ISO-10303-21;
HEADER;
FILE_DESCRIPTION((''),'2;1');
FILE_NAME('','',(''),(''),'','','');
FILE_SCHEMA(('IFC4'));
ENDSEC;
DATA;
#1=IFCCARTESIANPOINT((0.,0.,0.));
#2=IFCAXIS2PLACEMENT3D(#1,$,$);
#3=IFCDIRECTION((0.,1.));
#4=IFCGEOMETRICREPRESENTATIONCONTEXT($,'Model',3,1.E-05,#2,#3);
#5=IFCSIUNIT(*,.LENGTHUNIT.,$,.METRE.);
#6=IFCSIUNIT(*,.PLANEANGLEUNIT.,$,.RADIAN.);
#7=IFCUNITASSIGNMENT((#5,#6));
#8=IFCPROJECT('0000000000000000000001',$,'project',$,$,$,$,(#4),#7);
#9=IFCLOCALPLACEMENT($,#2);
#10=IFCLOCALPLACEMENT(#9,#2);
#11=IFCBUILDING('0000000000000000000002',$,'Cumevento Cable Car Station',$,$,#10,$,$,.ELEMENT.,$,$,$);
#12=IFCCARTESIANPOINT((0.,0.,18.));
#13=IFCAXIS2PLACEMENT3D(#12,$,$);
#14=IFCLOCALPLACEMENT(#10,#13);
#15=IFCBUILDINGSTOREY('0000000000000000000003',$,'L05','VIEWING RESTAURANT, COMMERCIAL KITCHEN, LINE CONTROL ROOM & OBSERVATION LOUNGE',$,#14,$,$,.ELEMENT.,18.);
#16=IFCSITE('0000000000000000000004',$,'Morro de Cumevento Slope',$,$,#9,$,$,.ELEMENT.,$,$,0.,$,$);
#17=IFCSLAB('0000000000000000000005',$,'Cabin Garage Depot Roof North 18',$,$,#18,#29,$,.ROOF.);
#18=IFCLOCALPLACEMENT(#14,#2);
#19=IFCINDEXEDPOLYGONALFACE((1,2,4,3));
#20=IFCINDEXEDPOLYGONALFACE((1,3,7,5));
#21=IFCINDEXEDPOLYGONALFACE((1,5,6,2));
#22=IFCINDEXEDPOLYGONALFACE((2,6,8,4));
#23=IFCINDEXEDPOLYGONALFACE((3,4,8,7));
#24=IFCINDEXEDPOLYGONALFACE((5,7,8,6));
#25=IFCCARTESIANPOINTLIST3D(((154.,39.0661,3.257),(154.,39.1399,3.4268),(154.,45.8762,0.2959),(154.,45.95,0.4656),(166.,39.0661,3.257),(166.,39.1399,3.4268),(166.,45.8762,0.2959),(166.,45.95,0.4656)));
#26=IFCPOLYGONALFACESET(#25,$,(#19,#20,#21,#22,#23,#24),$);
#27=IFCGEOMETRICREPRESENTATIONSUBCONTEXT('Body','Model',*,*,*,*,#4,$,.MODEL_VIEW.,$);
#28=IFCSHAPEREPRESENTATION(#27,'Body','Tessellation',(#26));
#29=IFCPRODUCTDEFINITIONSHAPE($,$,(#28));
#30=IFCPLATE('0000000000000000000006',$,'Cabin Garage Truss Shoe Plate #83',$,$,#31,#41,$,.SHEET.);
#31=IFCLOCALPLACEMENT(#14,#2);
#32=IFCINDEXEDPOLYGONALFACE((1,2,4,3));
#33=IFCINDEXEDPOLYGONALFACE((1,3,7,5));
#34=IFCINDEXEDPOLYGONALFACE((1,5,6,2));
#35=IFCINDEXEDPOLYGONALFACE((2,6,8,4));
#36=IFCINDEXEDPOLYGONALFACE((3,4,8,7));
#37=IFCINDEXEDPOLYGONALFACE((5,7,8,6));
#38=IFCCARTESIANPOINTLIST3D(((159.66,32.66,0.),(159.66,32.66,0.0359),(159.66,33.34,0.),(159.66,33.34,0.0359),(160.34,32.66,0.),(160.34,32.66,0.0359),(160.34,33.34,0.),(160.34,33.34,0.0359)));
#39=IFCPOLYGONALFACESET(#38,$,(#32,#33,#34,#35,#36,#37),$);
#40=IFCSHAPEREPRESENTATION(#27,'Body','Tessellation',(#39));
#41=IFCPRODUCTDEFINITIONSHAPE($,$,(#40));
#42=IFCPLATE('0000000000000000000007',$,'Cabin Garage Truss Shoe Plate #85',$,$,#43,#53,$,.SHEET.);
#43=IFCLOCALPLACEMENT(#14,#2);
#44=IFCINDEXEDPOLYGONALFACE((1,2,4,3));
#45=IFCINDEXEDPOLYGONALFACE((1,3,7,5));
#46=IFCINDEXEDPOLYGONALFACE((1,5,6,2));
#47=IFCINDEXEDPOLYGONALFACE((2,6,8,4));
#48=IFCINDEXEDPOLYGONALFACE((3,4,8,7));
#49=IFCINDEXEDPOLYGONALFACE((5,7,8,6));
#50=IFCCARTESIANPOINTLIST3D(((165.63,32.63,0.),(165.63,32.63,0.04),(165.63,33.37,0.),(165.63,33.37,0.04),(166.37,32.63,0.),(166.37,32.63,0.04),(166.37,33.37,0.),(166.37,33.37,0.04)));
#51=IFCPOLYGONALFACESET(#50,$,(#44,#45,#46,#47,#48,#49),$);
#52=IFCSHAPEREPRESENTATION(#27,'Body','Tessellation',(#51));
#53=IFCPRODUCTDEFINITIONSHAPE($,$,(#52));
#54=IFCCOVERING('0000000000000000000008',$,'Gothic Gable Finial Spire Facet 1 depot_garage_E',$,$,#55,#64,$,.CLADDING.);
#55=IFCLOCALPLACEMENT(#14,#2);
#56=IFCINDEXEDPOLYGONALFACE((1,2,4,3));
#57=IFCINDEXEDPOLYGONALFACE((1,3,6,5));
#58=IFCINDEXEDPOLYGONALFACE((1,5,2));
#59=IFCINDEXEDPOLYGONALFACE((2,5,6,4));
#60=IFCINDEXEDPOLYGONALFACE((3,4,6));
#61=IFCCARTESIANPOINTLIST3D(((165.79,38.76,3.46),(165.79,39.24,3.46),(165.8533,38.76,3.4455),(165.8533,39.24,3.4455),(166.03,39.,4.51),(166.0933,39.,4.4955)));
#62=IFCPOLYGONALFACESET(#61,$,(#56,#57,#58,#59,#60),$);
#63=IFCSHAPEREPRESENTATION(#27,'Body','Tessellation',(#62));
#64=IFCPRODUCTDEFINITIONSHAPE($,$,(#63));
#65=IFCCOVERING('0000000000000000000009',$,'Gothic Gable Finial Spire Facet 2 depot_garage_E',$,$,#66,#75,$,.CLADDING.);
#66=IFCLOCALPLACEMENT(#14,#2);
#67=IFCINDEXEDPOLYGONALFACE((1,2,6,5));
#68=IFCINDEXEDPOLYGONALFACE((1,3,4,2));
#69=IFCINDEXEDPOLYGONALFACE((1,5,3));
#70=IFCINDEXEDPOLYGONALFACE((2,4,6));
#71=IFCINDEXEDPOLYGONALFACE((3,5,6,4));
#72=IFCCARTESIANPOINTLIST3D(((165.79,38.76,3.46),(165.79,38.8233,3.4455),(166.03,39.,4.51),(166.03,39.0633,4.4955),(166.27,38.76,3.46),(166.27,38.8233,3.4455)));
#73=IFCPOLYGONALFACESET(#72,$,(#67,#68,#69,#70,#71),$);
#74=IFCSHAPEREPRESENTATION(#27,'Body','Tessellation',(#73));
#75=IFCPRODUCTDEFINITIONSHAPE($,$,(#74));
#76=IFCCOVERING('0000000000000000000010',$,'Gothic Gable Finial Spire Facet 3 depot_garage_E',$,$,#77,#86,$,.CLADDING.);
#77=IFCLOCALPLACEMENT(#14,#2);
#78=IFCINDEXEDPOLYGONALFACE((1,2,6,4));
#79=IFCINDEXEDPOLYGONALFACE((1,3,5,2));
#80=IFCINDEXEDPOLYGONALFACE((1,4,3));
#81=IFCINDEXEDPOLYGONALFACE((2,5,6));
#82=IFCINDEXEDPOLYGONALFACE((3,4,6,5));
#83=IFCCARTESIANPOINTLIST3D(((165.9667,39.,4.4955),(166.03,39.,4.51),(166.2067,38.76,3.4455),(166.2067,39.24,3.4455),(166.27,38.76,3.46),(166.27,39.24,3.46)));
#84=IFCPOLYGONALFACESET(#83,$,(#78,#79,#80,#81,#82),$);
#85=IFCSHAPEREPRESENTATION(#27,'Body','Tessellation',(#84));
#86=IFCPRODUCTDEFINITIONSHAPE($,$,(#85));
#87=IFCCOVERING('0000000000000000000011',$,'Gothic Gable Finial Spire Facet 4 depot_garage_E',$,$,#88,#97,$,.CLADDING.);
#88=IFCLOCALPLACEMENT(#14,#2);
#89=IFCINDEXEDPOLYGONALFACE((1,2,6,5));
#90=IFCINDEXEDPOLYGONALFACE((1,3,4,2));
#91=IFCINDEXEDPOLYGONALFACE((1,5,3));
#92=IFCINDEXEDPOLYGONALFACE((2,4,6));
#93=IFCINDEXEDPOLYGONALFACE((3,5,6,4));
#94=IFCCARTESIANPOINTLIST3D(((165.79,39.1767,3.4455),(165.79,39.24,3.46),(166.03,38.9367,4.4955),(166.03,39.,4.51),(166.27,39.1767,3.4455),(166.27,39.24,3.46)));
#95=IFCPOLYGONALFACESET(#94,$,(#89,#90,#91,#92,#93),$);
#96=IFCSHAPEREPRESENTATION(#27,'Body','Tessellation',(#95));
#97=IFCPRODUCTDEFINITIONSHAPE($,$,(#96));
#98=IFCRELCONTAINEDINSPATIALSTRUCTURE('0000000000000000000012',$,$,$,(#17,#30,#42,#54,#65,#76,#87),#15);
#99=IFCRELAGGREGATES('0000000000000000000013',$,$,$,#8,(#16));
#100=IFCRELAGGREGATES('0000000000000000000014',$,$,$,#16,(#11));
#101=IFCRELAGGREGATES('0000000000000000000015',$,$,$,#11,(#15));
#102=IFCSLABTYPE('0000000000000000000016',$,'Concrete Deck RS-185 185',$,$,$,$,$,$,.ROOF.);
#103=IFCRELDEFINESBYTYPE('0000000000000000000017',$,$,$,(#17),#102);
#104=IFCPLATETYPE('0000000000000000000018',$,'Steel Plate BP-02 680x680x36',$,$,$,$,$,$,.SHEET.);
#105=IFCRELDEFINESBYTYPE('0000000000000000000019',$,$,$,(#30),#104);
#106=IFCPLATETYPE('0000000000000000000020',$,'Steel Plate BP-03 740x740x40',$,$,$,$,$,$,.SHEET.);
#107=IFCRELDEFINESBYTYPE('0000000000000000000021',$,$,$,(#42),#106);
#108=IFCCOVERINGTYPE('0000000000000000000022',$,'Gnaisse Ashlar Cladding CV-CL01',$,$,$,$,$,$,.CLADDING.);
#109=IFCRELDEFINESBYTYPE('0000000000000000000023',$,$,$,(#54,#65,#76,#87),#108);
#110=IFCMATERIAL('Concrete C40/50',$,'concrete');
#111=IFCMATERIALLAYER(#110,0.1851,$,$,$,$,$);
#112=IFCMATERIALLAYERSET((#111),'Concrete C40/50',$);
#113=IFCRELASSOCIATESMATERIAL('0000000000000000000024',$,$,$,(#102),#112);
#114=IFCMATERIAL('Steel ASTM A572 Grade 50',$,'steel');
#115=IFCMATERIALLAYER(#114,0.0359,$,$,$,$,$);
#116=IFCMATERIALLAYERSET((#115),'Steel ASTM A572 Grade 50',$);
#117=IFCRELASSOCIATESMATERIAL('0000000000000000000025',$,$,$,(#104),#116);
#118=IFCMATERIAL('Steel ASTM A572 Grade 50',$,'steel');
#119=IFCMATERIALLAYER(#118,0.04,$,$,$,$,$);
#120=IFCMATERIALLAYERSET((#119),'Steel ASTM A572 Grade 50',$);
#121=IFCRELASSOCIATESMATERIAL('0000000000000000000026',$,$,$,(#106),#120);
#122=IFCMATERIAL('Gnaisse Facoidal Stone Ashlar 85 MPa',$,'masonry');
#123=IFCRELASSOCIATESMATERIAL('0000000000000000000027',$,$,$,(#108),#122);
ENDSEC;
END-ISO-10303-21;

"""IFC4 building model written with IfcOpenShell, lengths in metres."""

from ifc_helpers import new_model, si_unit, direction, frame, origin, origin_2d, place, context, subcontext, project, spatial, polyline, rectangle, outline, extrude, material, layer, layer_set, type_object, element, save


model = new_model("IFC4")

# Units and contexts
model_context = context("Model", 3, precision=1e-05, world=origin(), true_north=direction((0.0, 1.0)))
body_context = subcontext(model_context, "Body", "Model", "MODEL_VIEW")
ifc_project = project(units=[si_unit("LENGTHUNIT", "METRE"), si_unit("PLANEANGLEUNIT", "RADIAN")], contexts=[model_context])

# Site, building, storey
site_placement = place(None, origin())
site = spatial("IfcSite", under=ifc_project, at=site_placement, Name="Morro de Cumevento Slope", CompositionType="ELEMENT", RefElevation=0.0)
building_placement = place(site_placement, origin())
building = spatial("IfcBuilding", under=site, at=building_placement, Name="Cumevento Cable Car Station", CompositionType="ELEMENT")
storey_placement = place(building_placement, frame((0.0, 0.0, 18.0)))
storey = spatial("IfcBuildingStorey", under=building, at=storey_placement, Name="L05", Description="VIEWING RESTAURANT, COMMERCIAL KITCHEN, LINE CONTROL ROOM & OBSERVATION LOUNGE", CompositionType="ELEMENT", Elevation=18.0)

# Slab
ifc_material_1 = material(Name="Concrete C40/50", Category="concrete")
ifc_layer_1 = layer(ifc_material_1, 0.1851)
ifc_layer_set_1 = layer_set([ifc_layer_1], Name="Concrete C40/50")
slab_type = type_object("IfcSlabType", Name="Concrete Deck RS-185 185", PredefinedType="ROOF", material=ifc_layer_set_1)
slab_placement = place(storey_placement, frame((154.0, 39.1399, 3.4268), z_axis=(0.0, 0.398759, 0.917056), x_axis=(1.0, 0.0, 0.0)))
element("IfcSlab", 1, at=slab_placement, inside=storey, type_object=slab_type, Name="Cabin Garage Depot Roof North 18", PredefinedType="ROOF", context=body_context, shape_type="SweptSolid", body=[
    extrude(outline(polyline([(0.0, 0.0), (12.0, 0.0), (12.0, 7.426), (0.0, 7.426), (0.0, 0.0)])), origin(), (0.0, 0.0, -1.0), 0.1851),
])

# Plates
ifc_material_2 = material(Name="Steel ASTM A572 Grade 50", Category="steel")
ifc_layer_2 = layer(ifc_material_2, 0.0359)
ifc_layer_set_2 = layer_set([ifc_layer_2], Name="Steel ASTM A572 Grade 50")
plate_type_1 = type_object("IfcPlateType", Name="Steel Plate BP-02 680x680x36", PredefinedType="SHEET", material=ifc_layer_set_2)
plate_1_placement = place(storey_placement, frame((160.0, 33.0, 0.0), z_axis=(0.0, 0.0, 1.0), x_axis=(1.0, 0.0, 0.0)))
element("IfcPlate", 2, at=plate_1_placement, inside=storey, type_object=plate_type_1, Name="Cabin Garage Truss Shoe Plate #83", PredefinedType="SHEET", context=body_context, shape_type="SweptSolid", body=[
    extrude(rectangle(XDim=0.6799, YDim=0.6799, at=origin_2d()), origin(), (0.0, 0.0, 1.0), 0.0359),
])
ifc_material_3 = material(Name="Steel ASTM A572 Grade 50", Category="steel")
ifc_layer_3 = layer(ifc_material_3, 0.04)
ifc_layer_set_3 = layer_set([ifc_layer_3], Name="Steel ASTM A572 Grade 50")
plate_type_2 = type_object("IfcPlateType", Name="Steel Plate BP-03 740x740x40", PredefinedType="SHEET", material=ifc_layer_set_3)
plate_2_placement = place(storey_placement, frame((166.0, 33.0, 0.0), z_axis=(0.0, 0.0, 1.0), x_axis=(1.0, 0.0, 0.0)))
element("IfcPlate", 3, at=plate_2_placement, inside=storey, type_object=plate_type_2, Name="Cabin Garage Truss Shoe Plate #85", PredefinedType="SHEET", context=body_context, shape_type="SweptSolid", body=[
    extrude(rectangle(XDim=0.74, YDim=0.74, at=origin_2d()), origin(), (0.0, 0.0, 1.0), 0.04),
])

# Coverings
ifc_material_4 = material(Name="Gnaisse Facoidal Stone Ashlar 85 MPa", Category="masonry")
covering_type = type_object("IfcCoveringType", Name="Gnaisse Ashlar Cladding CV-CL01", PredefinedType="CLADDING", material=ifc_material_4)
for number, where, z_axis, x_axis, name in (
    (4, (165.79, 39.24, 3.46), (-0.974863, 0.0, 0.222806), (0.0, -1.0, 0.0), "Gothic Gable Finial Spire Facet 1 depot_garage_E"),
    (5, (165.79, 38.76, 3.46), (0.0, -0.974863, 0.222806), (1.0, 0.0, 0.0), "Gothic Gable Finial Spire Facet 2 depot_garage_E"),
    (6, (166.27, 38.76, 3.46), (0.974863, 0.0, 0.222806), (0.0, 1.0, 0.0), "Gothic Gable Finial Spire Facet 3 depot_garage_E"),
    (7, (166.27, 39.24, 3.46), (0.0, 0.974863, 0.222806), (-1.0, 0.0, 0.0), "Gothic Gable Finial Spire Facet 4 depot_garage_E"),
):
    element("IfcCovering", number, at=place(storey_placement, frame(where, z_axis=z_axis, x_axis=x_axis)), inside=storey, type_object=covering_type, Name=name, PredefinedType="CLADDING", context=body_context, shape_type="SweptSolid", body=[
        extrude(outline(polyline([(0.0, 0.0), (0.48, 0.0), (0.24, 1.0771), (0.0, 0.0)])), origin(), (0.0, 0.0, -1.0), 0.0649),
    ])

save(model, "model.ifc")
